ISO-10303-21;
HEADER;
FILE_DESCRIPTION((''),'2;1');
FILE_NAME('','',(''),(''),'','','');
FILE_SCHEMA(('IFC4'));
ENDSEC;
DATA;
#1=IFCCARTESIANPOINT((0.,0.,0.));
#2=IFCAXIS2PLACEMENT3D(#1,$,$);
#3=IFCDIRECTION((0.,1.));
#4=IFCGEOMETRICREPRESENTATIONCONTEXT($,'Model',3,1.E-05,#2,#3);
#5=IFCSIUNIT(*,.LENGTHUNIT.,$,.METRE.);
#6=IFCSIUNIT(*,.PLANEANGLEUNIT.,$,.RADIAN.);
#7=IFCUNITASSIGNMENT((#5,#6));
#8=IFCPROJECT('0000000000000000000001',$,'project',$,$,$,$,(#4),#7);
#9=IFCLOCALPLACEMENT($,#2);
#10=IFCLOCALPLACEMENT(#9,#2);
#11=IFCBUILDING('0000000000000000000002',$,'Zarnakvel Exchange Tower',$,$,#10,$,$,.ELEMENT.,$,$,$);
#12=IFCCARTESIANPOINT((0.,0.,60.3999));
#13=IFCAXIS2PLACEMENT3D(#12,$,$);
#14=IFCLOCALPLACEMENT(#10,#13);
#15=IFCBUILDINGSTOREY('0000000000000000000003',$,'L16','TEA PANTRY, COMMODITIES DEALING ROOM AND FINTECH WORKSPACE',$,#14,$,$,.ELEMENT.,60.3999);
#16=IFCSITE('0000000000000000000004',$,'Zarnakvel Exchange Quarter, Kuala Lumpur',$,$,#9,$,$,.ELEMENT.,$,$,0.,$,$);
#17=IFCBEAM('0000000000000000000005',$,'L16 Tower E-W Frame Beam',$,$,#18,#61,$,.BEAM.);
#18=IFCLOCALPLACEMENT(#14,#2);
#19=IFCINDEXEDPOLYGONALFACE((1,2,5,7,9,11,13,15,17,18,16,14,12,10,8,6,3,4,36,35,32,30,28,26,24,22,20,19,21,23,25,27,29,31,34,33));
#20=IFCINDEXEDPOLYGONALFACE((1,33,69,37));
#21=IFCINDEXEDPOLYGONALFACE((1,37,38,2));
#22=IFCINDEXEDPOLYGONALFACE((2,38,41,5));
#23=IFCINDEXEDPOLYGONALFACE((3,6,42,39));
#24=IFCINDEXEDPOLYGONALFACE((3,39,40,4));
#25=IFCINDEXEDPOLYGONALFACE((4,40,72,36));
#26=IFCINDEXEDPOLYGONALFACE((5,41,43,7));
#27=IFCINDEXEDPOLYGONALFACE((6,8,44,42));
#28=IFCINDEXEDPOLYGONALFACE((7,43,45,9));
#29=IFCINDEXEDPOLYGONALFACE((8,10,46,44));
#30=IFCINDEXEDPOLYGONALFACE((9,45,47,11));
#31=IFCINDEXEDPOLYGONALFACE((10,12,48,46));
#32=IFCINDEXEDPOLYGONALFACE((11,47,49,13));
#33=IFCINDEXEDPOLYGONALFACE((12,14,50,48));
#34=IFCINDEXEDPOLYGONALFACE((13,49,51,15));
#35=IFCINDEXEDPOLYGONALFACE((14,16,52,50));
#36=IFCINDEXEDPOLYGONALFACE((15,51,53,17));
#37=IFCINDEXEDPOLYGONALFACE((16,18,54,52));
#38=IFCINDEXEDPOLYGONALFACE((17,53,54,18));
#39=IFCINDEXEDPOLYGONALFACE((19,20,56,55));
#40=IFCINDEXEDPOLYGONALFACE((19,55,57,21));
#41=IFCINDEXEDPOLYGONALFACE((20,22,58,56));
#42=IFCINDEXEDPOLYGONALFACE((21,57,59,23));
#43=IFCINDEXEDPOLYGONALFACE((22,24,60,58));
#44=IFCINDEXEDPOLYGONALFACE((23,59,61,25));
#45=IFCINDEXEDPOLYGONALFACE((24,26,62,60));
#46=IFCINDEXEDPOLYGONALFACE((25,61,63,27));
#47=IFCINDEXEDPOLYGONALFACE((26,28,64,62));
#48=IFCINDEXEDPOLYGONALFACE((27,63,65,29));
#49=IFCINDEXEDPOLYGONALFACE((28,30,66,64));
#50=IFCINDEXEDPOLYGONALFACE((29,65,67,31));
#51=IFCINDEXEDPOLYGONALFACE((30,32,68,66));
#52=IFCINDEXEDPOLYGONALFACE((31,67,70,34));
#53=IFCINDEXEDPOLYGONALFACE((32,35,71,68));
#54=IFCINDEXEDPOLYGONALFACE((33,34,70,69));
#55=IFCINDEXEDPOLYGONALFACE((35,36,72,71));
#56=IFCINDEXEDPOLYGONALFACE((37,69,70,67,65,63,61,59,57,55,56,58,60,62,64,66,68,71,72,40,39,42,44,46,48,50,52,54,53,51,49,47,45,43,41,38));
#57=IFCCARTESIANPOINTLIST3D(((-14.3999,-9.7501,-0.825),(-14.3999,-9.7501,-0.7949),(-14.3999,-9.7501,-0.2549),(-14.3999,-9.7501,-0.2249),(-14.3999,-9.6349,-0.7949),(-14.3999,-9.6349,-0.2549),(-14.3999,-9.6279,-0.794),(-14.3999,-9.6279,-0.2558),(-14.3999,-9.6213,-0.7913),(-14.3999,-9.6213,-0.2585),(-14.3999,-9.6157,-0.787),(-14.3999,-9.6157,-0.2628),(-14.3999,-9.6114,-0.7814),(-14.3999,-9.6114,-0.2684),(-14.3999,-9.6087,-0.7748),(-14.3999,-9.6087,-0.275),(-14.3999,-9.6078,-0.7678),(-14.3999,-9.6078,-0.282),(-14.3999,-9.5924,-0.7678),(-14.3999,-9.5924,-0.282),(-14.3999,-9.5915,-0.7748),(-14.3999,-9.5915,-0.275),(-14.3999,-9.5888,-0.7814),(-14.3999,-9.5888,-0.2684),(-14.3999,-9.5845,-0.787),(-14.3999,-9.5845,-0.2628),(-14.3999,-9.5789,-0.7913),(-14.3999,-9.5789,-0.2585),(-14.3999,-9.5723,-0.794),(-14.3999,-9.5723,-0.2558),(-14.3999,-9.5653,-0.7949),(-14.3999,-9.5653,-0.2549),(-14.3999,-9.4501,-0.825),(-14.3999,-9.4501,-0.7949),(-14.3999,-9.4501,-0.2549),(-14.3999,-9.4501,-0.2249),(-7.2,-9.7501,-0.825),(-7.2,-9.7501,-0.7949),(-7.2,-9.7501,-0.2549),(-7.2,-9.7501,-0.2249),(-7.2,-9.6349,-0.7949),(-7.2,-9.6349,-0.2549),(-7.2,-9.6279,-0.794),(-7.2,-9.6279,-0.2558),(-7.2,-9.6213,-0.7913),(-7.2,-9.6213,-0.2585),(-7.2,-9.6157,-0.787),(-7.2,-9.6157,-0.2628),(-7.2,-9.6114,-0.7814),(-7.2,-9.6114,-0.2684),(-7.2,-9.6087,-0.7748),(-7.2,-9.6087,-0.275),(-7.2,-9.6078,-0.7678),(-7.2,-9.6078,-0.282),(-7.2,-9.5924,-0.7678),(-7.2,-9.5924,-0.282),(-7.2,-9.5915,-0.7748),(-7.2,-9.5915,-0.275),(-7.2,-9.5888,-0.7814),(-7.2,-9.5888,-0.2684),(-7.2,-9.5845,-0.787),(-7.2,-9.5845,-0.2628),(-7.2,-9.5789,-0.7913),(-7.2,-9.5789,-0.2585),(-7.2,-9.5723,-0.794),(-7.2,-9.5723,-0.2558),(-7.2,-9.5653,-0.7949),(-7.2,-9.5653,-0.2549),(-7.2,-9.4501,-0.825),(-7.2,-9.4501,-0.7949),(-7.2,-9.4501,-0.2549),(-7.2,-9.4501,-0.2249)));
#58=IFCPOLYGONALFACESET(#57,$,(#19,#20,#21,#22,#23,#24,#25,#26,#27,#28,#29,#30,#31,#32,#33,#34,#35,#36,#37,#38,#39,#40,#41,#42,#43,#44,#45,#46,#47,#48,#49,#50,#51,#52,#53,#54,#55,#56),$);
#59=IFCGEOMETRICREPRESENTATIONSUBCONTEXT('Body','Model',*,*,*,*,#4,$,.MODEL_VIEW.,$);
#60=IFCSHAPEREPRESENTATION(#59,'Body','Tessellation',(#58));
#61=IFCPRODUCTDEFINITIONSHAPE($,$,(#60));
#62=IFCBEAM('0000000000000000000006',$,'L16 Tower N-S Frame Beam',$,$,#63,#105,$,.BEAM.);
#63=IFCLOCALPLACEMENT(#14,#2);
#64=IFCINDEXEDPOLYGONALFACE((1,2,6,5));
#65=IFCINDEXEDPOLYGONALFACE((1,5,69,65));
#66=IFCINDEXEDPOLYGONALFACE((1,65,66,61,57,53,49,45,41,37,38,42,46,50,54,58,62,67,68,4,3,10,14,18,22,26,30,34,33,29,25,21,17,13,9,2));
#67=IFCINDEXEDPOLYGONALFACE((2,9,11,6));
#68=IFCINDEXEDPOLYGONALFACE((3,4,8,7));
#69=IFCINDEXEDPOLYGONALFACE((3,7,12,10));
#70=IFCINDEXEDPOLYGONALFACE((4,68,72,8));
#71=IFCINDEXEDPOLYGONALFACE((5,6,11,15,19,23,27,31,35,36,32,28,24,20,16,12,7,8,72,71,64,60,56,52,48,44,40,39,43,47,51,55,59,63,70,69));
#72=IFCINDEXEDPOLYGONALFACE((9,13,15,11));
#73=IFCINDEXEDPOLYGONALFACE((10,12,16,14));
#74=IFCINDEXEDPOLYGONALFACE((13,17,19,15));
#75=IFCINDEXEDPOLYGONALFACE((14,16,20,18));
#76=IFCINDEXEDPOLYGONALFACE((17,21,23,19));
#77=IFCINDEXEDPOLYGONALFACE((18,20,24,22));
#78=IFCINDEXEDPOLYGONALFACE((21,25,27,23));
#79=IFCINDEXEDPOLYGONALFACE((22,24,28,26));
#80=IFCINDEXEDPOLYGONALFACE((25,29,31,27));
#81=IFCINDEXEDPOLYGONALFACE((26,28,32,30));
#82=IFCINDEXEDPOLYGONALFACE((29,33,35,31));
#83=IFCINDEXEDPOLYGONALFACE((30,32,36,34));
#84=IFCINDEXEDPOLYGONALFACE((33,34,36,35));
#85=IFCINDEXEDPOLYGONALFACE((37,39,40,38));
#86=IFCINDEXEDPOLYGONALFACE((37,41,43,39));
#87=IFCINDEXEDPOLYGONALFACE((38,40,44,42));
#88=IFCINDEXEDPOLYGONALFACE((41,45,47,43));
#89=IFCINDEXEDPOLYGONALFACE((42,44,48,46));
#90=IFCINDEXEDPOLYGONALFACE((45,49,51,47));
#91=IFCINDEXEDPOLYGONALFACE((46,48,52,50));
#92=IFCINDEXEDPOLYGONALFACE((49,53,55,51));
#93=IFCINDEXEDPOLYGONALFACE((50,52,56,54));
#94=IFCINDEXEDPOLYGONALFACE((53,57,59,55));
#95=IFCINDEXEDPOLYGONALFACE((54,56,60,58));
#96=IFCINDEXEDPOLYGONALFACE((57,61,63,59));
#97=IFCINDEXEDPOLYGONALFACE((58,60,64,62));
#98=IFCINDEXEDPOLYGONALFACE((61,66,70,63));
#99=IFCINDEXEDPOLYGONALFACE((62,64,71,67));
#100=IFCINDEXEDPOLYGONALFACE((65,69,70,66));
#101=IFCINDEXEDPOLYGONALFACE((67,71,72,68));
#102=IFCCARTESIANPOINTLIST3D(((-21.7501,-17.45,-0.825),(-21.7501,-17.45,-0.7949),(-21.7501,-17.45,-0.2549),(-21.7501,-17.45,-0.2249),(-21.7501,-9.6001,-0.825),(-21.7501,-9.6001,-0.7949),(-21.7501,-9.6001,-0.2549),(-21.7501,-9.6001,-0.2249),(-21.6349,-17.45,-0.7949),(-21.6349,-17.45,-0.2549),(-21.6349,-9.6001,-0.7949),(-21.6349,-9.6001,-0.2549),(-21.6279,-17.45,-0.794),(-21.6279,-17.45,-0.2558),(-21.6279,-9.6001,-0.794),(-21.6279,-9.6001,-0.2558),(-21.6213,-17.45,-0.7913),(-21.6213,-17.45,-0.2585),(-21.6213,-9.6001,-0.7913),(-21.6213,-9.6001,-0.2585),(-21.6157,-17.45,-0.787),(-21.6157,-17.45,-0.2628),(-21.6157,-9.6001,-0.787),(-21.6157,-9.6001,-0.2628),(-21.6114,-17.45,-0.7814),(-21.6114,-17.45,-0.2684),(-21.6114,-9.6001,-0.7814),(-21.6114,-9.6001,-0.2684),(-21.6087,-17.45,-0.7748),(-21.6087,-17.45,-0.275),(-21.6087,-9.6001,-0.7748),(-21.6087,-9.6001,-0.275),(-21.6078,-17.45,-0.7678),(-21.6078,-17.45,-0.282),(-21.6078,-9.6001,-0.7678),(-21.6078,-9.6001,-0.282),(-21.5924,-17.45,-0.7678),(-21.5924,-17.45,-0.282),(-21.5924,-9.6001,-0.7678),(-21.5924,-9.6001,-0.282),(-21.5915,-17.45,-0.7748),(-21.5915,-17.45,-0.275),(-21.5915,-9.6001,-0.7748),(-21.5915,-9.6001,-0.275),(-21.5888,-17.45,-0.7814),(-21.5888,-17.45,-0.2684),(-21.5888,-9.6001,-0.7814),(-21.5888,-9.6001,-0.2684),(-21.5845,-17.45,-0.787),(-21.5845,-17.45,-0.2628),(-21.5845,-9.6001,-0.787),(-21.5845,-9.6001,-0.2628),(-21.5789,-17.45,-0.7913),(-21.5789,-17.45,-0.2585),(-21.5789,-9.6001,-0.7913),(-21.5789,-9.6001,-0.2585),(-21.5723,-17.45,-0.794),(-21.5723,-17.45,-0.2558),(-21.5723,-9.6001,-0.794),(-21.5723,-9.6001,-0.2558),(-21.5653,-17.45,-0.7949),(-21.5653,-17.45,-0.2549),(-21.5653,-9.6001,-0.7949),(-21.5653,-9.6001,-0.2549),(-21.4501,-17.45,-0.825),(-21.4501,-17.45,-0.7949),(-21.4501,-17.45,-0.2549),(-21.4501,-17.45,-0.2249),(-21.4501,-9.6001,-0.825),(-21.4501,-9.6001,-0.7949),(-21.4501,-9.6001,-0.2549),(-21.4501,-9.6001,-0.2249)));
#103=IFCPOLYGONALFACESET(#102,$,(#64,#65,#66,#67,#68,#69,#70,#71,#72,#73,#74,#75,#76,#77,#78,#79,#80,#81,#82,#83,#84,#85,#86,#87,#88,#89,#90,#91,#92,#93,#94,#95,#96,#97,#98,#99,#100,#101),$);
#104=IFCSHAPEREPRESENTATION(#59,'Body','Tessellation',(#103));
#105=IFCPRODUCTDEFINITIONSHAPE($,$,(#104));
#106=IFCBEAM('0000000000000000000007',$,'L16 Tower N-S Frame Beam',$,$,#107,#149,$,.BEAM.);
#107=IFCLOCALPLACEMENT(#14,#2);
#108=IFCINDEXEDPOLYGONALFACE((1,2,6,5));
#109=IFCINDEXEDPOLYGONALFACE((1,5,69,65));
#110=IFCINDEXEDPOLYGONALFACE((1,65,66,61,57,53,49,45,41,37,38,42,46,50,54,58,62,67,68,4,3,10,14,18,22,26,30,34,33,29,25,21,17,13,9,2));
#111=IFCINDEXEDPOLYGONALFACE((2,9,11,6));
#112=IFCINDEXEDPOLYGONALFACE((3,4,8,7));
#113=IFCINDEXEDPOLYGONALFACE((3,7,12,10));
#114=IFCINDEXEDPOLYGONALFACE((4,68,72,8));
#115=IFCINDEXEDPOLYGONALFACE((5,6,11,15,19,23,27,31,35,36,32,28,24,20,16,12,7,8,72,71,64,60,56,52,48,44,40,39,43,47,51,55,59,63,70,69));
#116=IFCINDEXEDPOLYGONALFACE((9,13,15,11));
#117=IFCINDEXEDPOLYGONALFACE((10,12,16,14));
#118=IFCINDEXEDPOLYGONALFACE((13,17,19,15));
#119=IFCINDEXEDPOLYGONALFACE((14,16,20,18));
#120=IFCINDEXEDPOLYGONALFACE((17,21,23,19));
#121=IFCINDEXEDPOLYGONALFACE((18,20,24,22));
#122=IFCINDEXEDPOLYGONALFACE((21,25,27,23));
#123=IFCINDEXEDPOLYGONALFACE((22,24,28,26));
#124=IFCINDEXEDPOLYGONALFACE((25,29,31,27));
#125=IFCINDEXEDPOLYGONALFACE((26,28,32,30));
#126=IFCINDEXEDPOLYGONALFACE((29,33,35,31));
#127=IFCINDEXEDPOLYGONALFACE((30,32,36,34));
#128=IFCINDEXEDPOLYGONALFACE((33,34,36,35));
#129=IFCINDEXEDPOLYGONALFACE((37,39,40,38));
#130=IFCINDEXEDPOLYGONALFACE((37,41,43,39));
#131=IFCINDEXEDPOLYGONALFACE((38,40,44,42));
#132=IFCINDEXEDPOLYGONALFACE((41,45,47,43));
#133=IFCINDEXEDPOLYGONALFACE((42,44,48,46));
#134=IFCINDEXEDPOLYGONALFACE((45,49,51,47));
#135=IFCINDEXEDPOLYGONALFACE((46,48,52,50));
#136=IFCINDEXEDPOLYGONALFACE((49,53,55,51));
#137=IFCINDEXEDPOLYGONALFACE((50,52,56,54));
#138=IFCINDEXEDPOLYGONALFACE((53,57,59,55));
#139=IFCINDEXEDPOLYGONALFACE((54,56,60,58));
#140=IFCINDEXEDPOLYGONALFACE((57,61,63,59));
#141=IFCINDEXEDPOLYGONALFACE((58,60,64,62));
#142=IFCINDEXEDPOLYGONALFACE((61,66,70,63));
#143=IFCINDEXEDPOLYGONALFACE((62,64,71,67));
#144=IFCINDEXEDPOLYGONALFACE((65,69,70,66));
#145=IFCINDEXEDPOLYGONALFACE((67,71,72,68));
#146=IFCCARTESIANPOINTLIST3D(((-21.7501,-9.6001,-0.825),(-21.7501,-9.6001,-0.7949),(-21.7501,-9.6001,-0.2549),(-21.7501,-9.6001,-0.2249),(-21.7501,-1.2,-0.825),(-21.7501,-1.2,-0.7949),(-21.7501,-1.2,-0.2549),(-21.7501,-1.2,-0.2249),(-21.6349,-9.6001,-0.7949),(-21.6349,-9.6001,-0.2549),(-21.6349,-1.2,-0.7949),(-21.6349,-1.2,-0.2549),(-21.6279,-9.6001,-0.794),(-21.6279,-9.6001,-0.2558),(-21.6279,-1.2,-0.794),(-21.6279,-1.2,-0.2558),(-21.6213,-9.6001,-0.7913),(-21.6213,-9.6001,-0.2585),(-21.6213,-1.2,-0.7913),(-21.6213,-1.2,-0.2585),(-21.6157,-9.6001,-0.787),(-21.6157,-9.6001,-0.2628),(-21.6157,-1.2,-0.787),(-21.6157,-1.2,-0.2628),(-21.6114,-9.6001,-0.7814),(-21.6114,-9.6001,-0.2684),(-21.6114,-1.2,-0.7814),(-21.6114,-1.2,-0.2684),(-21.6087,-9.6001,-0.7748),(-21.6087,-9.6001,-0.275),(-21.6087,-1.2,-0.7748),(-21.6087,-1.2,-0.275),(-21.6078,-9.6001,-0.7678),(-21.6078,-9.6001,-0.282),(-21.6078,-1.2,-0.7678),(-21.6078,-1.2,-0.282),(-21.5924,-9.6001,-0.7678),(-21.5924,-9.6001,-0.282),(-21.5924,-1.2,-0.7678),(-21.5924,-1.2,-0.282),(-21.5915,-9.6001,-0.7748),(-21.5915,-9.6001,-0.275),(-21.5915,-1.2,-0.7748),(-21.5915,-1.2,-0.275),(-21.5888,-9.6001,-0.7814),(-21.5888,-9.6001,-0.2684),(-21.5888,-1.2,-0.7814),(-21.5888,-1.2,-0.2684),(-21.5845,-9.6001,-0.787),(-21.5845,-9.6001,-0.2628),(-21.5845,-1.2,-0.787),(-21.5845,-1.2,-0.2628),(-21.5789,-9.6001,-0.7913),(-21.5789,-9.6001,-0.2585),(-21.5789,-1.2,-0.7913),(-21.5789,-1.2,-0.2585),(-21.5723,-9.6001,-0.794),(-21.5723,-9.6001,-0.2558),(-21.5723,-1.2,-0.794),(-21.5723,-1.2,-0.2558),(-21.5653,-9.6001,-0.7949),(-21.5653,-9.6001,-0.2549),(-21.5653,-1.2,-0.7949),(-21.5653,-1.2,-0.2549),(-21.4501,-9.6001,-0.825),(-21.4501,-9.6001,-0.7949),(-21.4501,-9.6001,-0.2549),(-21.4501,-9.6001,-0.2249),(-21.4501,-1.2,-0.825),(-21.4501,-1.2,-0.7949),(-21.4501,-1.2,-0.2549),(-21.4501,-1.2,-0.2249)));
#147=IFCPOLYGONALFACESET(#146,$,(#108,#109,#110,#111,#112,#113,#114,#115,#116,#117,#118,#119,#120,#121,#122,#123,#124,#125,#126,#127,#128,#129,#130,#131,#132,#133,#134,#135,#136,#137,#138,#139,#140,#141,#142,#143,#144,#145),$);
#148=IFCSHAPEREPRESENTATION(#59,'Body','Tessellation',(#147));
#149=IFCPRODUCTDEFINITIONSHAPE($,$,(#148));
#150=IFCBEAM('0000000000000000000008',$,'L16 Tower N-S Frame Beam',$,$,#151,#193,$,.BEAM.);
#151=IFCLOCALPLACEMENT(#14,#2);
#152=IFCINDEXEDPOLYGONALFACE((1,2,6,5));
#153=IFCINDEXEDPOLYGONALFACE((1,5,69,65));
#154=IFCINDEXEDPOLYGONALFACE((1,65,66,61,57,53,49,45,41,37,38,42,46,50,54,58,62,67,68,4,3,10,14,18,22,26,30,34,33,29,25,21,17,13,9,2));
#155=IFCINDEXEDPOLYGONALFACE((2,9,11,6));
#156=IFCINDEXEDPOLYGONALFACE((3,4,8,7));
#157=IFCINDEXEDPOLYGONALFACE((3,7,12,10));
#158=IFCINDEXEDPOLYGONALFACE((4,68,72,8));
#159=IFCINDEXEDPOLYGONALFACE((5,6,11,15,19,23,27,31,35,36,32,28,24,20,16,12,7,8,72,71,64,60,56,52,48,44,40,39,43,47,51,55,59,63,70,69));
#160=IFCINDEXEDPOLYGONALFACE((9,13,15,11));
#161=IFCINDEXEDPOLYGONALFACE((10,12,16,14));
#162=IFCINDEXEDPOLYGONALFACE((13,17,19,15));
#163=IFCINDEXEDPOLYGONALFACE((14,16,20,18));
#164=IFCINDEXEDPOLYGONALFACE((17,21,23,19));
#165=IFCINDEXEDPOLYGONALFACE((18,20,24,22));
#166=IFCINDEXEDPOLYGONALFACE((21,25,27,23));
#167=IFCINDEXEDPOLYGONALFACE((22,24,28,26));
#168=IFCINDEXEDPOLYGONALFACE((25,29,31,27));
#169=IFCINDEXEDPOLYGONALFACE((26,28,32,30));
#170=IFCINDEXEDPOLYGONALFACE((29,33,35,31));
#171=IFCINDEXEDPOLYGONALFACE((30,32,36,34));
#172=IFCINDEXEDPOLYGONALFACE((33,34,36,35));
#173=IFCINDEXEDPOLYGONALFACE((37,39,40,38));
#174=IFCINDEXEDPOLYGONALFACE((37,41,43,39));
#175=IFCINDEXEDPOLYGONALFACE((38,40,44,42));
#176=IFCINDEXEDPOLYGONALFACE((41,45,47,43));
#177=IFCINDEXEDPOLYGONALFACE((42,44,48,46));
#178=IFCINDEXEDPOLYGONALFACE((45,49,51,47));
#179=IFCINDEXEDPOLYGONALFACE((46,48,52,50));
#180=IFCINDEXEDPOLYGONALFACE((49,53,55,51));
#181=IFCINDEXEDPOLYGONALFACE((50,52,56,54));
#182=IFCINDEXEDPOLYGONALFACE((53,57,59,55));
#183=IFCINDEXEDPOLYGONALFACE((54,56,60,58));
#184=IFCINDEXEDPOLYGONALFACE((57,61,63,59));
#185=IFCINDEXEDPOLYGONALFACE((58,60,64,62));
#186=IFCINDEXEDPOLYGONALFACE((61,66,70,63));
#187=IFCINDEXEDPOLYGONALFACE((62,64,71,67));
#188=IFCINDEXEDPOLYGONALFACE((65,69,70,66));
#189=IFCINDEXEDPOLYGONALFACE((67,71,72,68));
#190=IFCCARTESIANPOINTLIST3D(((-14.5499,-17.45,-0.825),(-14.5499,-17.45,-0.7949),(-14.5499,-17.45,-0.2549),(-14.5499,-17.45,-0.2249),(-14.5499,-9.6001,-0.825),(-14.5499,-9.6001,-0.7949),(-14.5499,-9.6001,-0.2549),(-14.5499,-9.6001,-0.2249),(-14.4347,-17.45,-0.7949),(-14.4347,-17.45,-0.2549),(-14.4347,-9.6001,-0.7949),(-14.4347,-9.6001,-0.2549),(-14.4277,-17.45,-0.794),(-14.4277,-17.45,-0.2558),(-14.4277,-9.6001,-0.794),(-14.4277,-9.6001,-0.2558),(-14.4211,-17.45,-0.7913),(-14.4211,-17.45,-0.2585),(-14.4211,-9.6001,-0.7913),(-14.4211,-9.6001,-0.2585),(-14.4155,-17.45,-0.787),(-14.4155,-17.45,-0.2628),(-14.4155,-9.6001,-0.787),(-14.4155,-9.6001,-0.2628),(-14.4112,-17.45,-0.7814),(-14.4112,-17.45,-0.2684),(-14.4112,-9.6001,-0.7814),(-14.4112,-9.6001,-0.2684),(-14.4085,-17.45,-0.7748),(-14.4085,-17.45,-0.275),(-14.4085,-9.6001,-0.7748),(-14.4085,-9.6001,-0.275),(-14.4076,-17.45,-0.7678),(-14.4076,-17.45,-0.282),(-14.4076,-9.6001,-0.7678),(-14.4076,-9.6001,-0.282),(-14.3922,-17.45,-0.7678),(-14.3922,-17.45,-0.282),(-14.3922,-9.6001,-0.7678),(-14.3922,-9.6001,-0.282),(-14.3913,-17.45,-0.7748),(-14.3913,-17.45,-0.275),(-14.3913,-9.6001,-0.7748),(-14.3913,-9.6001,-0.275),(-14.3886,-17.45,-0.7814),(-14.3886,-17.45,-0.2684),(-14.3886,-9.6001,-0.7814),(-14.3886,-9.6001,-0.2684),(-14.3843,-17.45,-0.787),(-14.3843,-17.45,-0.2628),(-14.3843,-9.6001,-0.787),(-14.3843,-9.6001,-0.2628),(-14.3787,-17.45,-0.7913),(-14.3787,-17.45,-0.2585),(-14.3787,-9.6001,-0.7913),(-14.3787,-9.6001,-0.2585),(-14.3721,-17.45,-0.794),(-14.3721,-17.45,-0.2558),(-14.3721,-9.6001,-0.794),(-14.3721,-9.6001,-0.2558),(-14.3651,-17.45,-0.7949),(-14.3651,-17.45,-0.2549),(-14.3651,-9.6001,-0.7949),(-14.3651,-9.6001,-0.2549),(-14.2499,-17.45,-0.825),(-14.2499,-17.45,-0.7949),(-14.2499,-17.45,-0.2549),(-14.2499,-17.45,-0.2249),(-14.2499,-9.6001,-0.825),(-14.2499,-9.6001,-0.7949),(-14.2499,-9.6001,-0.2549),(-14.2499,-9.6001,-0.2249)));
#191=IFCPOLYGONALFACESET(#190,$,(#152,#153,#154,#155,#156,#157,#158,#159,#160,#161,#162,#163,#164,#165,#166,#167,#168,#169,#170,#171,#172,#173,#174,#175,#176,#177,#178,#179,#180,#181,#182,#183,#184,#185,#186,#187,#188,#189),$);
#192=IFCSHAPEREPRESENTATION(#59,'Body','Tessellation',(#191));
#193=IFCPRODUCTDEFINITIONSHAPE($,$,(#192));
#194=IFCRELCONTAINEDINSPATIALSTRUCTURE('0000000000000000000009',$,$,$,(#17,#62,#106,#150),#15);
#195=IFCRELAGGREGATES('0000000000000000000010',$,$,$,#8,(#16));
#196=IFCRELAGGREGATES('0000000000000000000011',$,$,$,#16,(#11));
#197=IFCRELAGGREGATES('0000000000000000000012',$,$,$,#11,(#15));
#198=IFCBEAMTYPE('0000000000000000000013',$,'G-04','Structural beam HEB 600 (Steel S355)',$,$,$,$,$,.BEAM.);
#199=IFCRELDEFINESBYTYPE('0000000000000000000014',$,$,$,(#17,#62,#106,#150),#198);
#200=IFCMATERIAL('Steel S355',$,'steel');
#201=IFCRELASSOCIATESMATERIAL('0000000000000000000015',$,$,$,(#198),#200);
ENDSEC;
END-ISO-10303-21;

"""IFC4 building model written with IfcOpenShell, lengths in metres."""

from ifc_helpers import new_model, si_unit, direction, frame, origin, origin_2d, place, context, subcontext, project, spatial, i_section, extrude, material, material_profile, profile_set, type_object, element, save


model = new_model("IFC4")

# Units and contexts
model_context = context("Model", 3, precision=1e-05, world=origin(), true_north=direction((0.0, 1.0)))
body_context = subcontext(model_context, "Body", "Model", "MODEL_VIEW")
ifc_project = project(units=[si_unit("LENGTHUNIT", "METRE"), si_unit("PLANEANGLEUNIT", "RADIAN")], contexts=[model_context])

# Site, building, storey
site_placement = place(None, origin())
site = spatial("IfcSite", under=ifc_project, at=site_placement, Name="Zarnakvel Exchange Quarter, Kuala Lumpur", CompositionType="ELEMENT", RefElevation=0.0)
building_placement = place(site_placement, origin())
building = spatial("IfcBuilding", under=site, at=building_placement, Name="Zarnakvel Exchange Tower", CompositionType="ELEMENT")
storey_placement = place(building_placement, frame((0.0, 0.0, 60.3999)))
storey = spatial("IfcBuildingStorey", under=building, at=storey_placement, Name="L16", Description="TEA PANTRY, COMMODITIES DEALING ROOM AND FINTECH WORKSPACE", CompositionType="ELEMENT", Elevation=60.3999)

# Shared definitions
ifc_material_1 = material(Name="Steel S355", Category="steel")

# Beams
ifc_material_profile_1 = material_profile(ifc_material_1, i_section(OverallWidth=0.3, OverallDepth=0.6001, WebThickness=0.0154, FlangeThickness=0.03, FilletRadius=0.0271, at=origin_2d()))
ifc_profile_set_1 = profile_set([ifc_material_profile_1], Name="Steel S355")
beam_type_1 = type_object("IfcBeamType", Name="G-04", Description="Structural beam HEB 600 (Steel S355)", PredefinedType="BEAM", material=ifc_profile_set_1)
beam_1_placement = place(storey_placement, frame((-14.3999, -9.6001, -0.5249), z_axis=(1.0, 0.0, 0.0), x_axis=(0.0, 1.0, 0.0)))
element("IfcBeam", 1, at=beam_1_placement, inside=storey, type_object=beam_type_1, Name="L16 Tower E-W Frame Beam", PredefinedType="BEAM", context=body_context, shape_type="SweptSolid", body=[
    extrude(i_section(OverallWidth=0.3, OverallDepth=0.6001, WebThickness=0.0154, FlangeThickness=0.03, FilletRadius=0.0271, at=origin_2d()), origin(), (0.0, 0.0, 1.0), 7.2),
])
beam_2_placement = place(storey_placement, frame((-21.6001, -17.45, -0.5249), z_axis=(0.0, 1.0, 0.0), x_axis=(-1.0, 0.0, 0.0)))
element("IfcBeam", 2, at=beam_2_placement, inside=storey, type_object=beam_type_1, Name="L16 Tower N-S Frame Beam", PredefinedType="BEAM", context=body_context, shape_type="SweptSolid", body=[
    extrude(i_section(OverallWidth=0.3, OverallDepth=0.6001, WebThickness=0.0154, FlangeThickness=0.03, FilletRadius=0.0271, at=origin_2d()), origin(), (0.0, 0.0, 1.0), 7.8499),
])
beam_3_placement = place(storey_placement, frame((-21.6001, -9.6001, -0.5249), z_axis=(0.0, 1.0, 0.0), x_axis=(-1.0, 0.0, 0.0)))
element("IfcBeam", 3, at=beam_3_placement, inside=storey, type_object=beam_type_1, Name="L16 Tower N-S Frame Beam", PredefinedType="BEAM", context=body_context, shape_type="SweptSolid", body=[
    extrude(i_section(OverallWidth=0.3, OverallDepth=0.6001, WebThickness=0.0154, FlangeThickness=0.03, FilletRadius=0.0271, at=origin_2d()), origin(), (0.0, 0.0, 1.0), 8.4001),
])
beam_4_placement = place(storey_placement, frame((-14.3999, -17.45, -0.5249), z_axis=(0.0, 1.0, 0.0), x_axis=(-1.0, 0.0, 0.0)))
element("IfcBeam", 4, at=beam_4_placement, inside=storey, type_object=beam_type_1, Name="L16 Tower N-S Frame Beam", PredefinedType="BEAM", context=body_context, shape_type="SweptSolid", body=[
    extrude(i_section(OverallWidth=0.3, OverallDepth=0.6001, WebThickness=0.0154, FlangeThickness=0.03, FilletRadius=0.0271, at=origin_2d()), origin(), (0.0, 0.0, 1.0), 7.8499),
])

save(model, "model.ifc")
